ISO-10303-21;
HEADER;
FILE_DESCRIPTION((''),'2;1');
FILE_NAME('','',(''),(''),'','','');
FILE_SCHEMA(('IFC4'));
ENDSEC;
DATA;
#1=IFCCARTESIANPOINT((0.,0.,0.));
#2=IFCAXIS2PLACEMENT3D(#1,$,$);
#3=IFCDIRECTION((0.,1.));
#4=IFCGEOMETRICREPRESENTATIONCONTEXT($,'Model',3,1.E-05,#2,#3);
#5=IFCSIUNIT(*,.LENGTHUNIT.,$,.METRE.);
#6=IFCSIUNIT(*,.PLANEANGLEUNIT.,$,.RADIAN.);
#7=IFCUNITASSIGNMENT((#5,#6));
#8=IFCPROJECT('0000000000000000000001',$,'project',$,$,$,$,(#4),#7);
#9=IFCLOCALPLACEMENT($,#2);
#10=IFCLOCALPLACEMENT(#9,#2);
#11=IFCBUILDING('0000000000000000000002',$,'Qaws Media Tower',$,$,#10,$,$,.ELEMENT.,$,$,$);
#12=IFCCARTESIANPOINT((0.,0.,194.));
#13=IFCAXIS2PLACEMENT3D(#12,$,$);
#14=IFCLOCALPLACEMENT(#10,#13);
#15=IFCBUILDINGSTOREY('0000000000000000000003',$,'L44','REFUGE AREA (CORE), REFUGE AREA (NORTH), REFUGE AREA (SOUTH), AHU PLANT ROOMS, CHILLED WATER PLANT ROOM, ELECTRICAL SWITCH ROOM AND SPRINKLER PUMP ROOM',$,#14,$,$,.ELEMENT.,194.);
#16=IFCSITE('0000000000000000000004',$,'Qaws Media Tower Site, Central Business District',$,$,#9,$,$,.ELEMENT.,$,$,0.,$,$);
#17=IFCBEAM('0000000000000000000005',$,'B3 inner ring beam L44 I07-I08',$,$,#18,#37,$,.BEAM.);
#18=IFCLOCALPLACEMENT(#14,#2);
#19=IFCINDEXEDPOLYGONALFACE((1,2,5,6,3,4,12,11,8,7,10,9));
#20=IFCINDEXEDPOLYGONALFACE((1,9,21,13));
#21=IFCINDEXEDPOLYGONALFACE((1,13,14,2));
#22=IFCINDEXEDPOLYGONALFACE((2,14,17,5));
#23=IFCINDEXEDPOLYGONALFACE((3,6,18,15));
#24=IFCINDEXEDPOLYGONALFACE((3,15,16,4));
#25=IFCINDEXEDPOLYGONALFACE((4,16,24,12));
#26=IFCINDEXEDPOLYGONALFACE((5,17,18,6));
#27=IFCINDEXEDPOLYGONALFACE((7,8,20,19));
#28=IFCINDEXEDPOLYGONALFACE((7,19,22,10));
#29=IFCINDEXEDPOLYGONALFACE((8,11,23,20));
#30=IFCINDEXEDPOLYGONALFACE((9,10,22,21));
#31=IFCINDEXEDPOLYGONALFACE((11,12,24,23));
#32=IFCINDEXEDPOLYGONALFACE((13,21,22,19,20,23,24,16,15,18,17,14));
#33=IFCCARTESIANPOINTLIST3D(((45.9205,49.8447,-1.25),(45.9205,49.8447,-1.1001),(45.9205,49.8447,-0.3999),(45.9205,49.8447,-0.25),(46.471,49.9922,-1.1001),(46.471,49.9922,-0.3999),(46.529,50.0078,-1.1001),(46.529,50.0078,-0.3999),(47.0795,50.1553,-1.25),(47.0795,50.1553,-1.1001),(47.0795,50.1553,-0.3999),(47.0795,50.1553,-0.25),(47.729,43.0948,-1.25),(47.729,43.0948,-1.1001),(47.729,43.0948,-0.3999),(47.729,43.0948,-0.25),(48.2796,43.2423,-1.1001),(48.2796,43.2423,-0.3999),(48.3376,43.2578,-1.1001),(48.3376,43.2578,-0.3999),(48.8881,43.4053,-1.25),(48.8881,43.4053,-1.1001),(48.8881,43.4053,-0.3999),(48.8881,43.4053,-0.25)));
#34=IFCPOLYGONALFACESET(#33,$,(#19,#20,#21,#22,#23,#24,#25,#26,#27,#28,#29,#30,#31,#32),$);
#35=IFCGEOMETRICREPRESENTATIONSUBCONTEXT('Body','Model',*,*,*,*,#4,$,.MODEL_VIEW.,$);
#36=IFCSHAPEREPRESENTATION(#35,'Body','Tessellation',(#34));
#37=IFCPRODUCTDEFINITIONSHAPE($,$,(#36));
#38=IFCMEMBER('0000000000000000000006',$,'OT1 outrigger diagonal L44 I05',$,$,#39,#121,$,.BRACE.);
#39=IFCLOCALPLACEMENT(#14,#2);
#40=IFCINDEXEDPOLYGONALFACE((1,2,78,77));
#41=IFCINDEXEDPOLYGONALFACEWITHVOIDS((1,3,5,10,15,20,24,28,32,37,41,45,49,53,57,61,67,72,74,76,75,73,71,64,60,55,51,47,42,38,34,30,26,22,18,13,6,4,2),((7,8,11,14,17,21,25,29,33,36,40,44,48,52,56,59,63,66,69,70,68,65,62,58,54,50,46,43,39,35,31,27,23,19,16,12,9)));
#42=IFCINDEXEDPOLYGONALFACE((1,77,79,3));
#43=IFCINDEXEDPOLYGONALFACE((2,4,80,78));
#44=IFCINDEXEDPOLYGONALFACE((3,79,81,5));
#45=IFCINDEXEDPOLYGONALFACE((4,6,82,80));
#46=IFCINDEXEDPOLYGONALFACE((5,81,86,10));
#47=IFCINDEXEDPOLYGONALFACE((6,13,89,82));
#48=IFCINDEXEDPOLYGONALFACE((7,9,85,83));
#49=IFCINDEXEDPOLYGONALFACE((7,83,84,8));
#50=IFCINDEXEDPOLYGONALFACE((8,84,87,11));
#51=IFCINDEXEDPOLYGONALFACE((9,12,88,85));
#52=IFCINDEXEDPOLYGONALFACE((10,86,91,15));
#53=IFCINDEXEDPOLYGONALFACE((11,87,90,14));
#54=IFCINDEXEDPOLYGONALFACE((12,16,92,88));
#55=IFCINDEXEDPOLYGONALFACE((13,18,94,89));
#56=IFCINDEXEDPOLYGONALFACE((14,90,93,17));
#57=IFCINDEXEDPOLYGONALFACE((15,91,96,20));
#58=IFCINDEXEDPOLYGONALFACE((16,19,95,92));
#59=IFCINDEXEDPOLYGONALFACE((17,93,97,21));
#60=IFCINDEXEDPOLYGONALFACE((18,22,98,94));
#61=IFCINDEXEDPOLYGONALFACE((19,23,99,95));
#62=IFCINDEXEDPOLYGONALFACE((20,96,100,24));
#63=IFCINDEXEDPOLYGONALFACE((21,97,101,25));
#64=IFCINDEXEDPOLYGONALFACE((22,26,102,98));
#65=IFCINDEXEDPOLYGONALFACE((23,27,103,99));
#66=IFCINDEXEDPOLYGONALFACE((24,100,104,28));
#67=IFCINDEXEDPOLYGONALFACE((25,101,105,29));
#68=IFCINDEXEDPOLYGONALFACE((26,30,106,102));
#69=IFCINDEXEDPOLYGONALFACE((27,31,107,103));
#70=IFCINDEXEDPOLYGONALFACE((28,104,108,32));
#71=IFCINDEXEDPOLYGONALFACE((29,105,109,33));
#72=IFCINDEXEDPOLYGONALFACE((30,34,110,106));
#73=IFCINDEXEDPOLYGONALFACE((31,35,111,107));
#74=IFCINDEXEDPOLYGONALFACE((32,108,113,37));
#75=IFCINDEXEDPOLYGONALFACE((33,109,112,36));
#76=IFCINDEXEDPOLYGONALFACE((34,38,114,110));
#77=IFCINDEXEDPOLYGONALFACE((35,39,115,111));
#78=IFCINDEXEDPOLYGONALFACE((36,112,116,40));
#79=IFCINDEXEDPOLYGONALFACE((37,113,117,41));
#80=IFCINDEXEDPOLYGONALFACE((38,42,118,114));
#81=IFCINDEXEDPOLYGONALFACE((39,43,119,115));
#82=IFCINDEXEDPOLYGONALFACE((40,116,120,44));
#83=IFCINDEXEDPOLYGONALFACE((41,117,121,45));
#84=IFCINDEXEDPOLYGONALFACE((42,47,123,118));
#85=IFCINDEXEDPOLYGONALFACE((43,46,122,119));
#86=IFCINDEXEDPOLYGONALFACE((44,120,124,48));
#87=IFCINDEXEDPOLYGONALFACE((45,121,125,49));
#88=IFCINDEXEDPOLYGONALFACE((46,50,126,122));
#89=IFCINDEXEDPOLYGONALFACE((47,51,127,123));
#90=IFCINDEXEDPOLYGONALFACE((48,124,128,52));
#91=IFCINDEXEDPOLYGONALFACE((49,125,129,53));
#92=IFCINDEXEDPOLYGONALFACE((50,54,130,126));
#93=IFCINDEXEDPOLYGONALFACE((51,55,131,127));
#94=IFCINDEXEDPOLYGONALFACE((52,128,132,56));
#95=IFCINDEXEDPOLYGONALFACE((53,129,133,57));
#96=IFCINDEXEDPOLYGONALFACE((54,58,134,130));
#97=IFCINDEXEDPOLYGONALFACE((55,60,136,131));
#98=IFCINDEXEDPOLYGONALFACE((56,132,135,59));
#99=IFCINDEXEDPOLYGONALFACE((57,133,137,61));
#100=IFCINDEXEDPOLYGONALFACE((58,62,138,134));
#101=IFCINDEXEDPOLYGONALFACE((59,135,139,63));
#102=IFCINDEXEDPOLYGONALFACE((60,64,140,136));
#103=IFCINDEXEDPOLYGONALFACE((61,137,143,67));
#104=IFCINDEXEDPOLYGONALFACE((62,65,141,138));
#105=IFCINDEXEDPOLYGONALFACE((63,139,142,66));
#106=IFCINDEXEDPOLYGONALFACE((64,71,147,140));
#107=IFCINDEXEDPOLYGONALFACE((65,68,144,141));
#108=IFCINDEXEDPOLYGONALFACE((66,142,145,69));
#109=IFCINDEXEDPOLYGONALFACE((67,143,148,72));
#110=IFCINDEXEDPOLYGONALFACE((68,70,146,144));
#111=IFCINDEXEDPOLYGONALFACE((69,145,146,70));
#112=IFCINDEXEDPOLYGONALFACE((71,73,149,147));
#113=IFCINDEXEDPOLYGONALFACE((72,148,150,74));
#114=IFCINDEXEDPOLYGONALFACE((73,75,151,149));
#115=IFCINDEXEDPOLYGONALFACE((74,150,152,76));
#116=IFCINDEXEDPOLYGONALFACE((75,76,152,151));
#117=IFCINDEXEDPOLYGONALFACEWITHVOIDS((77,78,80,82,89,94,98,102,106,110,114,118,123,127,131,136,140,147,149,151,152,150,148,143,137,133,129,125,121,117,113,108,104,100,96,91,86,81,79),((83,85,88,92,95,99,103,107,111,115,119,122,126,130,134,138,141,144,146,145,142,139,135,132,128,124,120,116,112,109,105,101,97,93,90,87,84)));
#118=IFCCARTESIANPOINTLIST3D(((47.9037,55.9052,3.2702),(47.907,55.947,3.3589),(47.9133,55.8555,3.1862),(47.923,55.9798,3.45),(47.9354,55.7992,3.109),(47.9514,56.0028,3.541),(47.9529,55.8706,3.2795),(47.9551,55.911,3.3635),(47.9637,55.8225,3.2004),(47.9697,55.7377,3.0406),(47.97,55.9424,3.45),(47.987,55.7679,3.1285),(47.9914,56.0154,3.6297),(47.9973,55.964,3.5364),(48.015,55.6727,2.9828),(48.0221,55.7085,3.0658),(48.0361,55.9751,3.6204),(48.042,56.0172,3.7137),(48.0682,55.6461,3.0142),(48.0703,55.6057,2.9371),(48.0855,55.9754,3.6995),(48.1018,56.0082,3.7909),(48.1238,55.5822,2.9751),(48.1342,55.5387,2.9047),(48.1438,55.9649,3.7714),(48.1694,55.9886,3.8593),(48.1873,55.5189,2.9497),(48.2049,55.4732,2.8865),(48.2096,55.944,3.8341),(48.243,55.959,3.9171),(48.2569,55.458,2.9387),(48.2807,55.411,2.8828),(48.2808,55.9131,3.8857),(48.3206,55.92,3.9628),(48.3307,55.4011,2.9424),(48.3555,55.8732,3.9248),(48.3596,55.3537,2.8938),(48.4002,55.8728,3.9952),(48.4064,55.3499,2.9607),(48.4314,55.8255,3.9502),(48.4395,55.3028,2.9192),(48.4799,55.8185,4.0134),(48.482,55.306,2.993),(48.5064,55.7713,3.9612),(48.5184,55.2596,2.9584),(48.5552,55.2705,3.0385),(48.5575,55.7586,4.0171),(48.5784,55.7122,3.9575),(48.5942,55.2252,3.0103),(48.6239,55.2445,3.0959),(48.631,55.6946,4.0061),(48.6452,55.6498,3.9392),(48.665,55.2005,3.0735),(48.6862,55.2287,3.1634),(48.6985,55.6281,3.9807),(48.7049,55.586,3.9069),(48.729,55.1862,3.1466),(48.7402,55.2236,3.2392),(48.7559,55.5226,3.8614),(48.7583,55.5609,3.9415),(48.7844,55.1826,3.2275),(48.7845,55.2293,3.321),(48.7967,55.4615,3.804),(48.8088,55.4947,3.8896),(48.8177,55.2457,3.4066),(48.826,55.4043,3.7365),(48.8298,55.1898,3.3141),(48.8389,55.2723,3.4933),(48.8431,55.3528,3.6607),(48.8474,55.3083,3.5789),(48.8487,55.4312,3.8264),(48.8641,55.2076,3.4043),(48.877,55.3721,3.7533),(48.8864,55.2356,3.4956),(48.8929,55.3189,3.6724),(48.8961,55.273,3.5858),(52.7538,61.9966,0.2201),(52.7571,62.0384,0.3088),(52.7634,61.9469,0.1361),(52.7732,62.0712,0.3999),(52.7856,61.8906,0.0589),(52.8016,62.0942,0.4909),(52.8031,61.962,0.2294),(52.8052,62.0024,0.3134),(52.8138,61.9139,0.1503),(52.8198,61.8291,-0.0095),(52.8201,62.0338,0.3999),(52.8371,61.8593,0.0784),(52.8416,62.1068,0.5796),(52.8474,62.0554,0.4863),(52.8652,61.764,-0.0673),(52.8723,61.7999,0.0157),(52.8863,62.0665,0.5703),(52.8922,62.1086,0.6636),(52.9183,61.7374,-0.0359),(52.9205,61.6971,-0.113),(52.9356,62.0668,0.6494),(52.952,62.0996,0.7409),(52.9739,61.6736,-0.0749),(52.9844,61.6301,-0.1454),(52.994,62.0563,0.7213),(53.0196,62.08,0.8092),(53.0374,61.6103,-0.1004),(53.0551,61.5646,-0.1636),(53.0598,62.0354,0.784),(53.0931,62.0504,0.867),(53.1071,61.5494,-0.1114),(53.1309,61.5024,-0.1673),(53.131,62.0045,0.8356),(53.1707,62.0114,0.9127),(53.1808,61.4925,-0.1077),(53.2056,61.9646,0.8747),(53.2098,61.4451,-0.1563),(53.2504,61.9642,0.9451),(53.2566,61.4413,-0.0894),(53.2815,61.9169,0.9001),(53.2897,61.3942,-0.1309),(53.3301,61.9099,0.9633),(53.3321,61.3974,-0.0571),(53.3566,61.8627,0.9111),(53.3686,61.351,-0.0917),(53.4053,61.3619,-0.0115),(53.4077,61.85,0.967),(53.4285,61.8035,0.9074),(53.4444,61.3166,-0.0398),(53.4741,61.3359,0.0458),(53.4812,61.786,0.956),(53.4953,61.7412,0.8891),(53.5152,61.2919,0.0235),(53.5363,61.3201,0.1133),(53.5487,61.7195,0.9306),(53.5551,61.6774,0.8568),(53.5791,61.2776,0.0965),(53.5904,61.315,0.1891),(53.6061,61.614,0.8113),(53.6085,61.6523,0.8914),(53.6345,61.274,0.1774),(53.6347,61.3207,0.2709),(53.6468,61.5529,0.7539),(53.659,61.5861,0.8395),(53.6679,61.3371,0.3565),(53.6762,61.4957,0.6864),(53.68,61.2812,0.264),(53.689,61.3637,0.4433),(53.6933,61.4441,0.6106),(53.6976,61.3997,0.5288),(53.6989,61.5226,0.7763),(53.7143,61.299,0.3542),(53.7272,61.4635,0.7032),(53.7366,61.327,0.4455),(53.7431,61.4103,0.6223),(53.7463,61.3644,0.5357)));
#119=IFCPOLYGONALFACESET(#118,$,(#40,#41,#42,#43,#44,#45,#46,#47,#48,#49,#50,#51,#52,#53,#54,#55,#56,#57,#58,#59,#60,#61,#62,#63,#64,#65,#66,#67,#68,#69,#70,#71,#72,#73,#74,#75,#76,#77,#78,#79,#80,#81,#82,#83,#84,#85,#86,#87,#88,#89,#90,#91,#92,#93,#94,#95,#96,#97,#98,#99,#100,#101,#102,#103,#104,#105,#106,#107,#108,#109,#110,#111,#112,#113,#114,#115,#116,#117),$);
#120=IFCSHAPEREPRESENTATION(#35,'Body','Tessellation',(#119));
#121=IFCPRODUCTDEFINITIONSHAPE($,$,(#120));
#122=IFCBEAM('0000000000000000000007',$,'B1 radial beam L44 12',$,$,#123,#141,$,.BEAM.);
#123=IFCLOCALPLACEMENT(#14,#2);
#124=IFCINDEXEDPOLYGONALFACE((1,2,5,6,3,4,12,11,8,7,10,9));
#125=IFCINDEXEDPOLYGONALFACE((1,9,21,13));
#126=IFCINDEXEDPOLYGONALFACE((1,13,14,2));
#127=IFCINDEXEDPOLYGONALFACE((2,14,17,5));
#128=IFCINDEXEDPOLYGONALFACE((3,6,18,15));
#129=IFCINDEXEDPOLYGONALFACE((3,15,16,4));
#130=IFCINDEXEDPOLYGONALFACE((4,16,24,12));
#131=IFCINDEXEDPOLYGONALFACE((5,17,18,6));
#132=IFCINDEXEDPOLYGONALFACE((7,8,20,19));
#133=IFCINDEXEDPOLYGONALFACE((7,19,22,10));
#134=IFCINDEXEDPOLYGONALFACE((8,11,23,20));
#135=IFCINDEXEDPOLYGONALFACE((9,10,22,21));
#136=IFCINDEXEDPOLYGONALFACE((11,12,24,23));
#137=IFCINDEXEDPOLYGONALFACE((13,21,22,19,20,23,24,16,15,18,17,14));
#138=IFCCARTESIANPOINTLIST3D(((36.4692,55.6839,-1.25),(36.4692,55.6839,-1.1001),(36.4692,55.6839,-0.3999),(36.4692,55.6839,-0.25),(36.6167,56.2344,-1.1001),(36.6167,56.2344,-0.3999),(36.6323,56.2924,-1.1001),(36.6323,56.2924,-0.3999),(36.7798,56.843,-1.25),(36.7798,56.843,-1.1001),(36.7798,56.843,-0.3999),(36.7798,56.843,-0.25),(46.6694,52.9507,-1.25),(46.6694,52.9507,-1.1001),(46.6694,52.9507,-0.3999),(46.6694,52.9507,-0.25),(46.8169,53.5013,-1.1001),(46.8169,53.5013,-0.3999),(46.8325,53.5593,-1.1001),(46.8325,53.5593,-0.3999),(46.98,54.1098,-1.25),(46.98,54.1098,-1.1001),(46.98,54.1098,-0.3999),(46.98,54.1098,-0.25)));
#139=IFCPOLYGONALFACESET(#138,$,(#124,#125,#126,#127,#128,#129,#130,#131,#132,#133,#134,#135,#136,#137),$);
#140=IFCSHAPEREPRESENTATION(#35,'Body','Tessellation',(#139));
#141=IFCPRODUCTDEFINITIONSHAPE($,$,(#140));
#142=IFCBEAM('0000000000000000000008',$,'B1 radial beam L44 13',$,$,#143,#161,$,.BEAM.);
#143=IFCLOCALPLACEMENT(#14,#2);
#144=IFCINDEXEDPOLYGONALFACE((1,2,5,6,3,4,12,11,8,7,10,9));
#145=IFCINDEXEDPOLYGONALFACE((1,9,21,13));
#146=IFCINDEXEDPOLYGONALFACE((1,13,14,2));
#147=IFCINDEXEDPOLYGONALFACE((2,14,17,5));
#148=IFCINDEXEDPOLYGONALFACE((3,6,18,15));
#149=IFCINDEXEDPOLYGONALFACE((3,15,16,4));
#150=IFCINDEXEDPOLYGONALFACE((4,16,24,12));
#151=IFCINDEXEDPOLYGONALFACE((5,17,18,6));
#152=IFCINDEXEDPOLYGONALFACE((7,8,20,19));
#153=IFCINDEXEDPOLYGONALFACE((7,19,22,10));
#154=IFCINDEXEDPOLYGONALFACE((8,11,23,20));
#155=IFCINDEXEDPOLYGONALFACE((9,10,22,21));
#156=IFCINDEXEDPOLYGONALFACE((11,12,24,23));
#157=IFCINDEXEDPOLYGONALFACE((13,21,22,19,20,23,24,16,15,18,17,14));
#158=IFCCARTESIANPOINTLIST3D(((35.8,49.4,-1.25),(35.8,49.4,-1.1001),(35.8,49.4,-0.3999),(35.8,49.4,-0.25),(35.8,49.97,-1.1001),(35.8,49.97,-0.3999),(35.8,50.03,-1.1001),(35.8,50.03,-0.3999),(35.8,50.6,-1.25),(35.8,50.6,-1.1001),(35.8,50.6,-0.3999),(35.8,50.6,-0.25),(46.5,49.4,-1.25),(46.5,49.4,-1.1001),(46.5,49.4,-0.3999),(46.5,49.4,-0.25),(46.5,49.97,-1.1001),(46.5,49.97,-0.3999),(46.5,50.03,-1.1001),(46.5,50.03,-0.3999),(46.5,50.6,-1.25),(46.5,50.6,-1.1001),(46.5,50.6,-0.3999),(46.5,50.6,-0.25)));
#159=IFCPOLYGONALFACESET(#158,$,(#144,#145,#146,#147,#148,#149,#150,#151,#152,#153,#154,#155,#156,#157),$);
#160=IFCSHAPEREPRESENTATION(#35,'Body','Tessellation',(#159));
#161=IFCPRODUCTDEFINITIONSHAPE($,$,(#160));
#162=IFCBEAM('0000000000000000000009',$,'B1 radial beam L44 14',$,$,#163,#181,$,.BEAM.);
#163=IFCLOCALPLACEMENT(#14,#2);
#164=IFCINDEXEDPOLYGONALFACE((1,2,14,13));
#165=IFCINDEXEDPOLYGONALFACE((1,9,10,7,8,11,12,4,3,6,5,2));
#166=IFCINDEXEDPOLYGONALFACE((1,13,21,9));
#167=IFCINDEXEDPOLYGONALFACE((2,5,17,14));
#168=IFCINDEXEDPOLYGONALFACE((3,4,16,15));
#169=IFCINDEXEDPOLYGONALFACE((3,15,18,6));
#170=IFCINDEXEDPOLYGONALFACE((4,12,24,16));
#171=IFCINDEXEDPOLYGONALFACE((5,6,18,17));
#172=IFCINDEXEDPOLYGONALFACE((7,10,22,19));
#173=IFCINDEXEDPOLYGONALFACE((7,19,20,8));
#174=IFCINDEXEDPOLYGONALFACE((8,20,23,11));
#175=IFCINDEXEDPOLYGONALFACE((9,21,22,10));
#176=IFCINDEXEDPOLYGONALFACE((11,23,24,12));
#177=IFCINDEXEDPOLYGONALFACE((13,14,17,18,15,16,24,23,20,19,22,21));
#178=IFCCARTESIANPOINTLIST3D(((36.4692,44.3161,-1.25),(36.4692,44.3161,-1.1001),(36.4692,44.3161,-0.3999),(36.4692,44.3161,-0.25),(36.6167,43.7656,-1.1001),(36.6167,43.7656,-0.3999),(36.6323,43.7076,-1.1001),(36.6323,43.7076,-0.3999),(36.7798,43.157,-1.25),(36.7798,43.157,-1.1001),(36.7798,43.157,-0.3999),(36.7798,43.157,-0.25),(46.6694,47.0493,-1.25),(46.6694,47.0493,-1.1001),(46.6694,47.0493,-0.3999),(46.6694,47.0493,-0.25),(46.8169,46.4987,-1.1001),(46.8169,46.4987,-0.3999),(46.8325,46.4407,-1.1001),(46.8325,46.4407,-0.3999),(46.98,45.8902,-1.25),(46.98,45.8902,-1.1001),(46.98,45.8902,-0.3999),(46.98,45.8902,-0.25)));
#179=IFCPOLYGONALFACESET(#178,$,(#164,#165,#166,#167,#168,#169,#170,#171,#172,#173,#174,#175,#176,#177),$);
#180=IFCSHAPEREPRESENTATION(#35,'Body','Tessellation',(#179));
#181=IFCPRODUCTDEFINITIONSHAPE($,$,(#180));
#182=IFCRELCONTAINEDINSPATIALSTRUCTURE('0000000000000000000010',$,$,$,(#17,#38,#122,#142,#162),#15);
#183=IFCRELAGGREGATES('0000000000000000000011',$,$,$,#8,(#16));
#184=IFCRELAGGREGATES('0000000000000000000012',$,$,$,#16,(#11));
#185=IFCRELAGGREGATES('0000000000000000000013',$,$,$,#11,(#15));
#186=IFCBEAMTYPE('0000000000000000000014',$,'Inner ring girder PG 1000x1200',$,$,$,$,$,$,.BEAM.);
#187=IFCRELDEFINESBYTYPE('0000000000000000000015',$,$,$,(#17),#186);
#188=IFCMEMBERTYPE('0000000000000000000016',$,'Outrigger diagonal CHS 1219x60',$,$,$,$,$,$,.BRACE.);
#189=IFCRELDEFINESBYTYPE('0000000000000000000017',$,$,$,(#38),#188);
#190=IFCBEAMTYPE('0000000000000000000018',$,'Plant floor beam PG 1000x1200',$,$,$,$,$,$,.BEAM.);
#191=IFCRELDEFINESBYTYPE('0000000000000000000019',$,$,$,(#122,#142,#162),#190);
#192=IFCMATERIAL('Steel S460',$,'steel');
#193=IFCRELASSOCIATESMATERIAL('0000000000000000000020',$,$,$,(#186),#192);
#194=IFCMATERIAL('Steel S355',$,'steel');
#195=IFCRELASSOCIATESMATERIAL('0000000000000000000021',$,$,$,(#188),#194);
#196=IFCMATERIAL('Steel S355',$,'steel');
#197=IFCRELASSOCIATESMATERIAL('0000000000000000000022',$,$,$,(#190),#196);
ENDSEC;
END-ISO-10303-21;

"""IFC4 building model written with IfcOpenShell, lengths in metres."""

from ifc_helpers import new_model, si_unit, direction, frame, origin, origin_2d, place, context, subcontext, project, spatial, hollow_circle, i_section, extrude, material, material_profile, profile_set, type_object, element, save


model = new_model("IFC4")

# Units and contexts
model_context = context("Model", 3, precision=1e-05, world=origin(), true_north=direction((0.0, 1.0)))
body_context = subcontext(model_context, "Body", "Model", "MODEL_VIEW")
ifc_project = project(units=[si_unit("LENGTHUNIT", "METRE"), si_unit("PLANEANGLEUNIT", "RADIAN")], contexts=[model_context])

# Site, building, storey
site_placement = place(None, origin())
site = spatial("IfcSite", under=ifc_project, at=site_placement, Name="Qaws Media Tower Site, Central Business District", CompositionType="ELEMENT", RefElevation=0.0)
building_placement = place(site_placement, origin())
building = spatial("IfcBuilding", under=site, at=building_placement, Name="Qaws Media Tower", CompositionType="ELEMENT")
storey_placement = place(building_placement, frame((0.0, 0.0, 194.0)))
storey = spatial("IfcBuildingStorey", under=building, at=storey_placement, Name="L44", Description="REFUGE AREA (CORE), REFUGE AREA (NORTH), REFUGE AREA (SOUTH), AHU PLANT ROOMS, CHILLED WATER PLANT ROOM, ELECTRICAL SWITCH ROOM AND SPRINKLER PUMP ROOM", CompositionType="ELEMENT", Elevation=194.0)

# Beam
ifc_material_1 = material(Name="Steel S460", Category="steel")
ifc_material_profile_1 = material_profile(ifc_material_1, i_section(OverallWidth=1.2, OverallDepth=1.0, WebThickness=0.0601, FlangeThickness=0.1499, at=origin_2d()), Name="PG 1000x1200")
ifc_profile_set_1 = profile_set([ifc_material_profile_1], Name="Steel S460")
beam_type_1 = type_object("IfcBeamType", Name="Inner ring girder PG 1000x1200", PredefinedType="BEAM", material=ifc_profile_set_1)
beam_1_placement = place(storey_placement, frame((46.5, 50.0, -0.75), z_axis=(0.258811, -0.965928, 0.0), x_axis=(0.965928, 0.258811, 0.0)))
element("IfcBeam", 1, at=beam_1_placement, inside=storey, type_object=beam_type_1, Name="B3 inner ring beam L44 I07-I08", PredefinedType="BEAM", context=body_context, shape_type="SweptSolid", body=[
    extrude(i_section(OverallWidth=1.2, OverallDepth=1.0, WebThickness=0.0601, FlangeThickness=0.1499, at=origin_2d()), origin(), (0.0, 0.0, 1.0), 6.988),
])

# Member
ifc_material_2 = material(Name="Steel S355", Category="steel")
ifc_material_profile_2 = material_profile(ifc_material_2, hollow_circle(Radius=0.6096, WallThickness=0.0601, at=origin_2d()), Name="CHS 1219x60")
ifc_profile_set_2 = profile_set([ifc_material_profile_2], Name="Steel S355")
member_type_1 = type_object("IfcMemberType", Name="Outrigger diagonal CHS 1219x60", PredefinedType="BRACE", material=ifc_profile_set_2)
member_placement = place(storey_placement, frame((48.3999, 55.6001, 3.45), z_axis=(0.579986, 0.728413, -0.364732), x_axis=(-0.782304, 0.622896, 0.0)))
element("IfcMember", 2, at=member_placement, inside=storey, type_object=member_type_1, Name="OT1 outrigger diagonal L44 I05", PredefinedType="BRACE", context=body_context, shape_type="SweptSolid", body=[
    extrude(hollow_circle(Radius=0.6096, WallThickness=0.0601, at=origin_2d()), origin(), (0.0, 0.0, 1.0), 8.3625),
])

# Beams
ifc_material_3 = material(Name="Steel S355", Category="steel")
ifc_material_profile_3 = material_profile(ifc_material_3, i_section(OverallWidth=1.2, OverallDepth=1.0, WebThickness=0.0601, FlangeThickness=0.1499, at=origin_2d()), Name="PG 1000x1200")
ifc_profile_set_3 = profile_set([ifc_material_profile_3], Name="Steel S355")
beam_type_2 = type_object("IfcBeamType", Name="Plant floor beam PG 1000x1200", PredefinedType="BEAM", material=ifc_profile_set_3)
beam_2_placement = place(storey_placement, frame((46.8247, 53.5303, -0.75), z_axis=(-0.965925, 0.258821, 0.0), x_axis=(-0.258821, -0.965925, 0.0)))
element("IfcBeam", 3, at=beam_2_placement, inside=storey, type_object=beam_type_2, Name="B1 radial beam L44 12", PredefinedType="BEAM", context=body_context, shape_type="SweptSolid", body=[
    extrude(i_section(OverallWidth=1.2, OverallDepth=1.0, WebThickness=0.0601, FlangeThickness=0.1499, at=origin_2d()), origin(), (0.0, 0.0, 1.0), 10.5601),
])
beam_3_placement = place(storey_placement, frame((46.5, 50.0, -0.75), z_axis=(-1.0, 0.0, 0.0), x_axis=(0.0, -1.0, 0.0)))
element("IfcBeam", 4, at=beam_3_placement, inside=storey, type_object=beam_type_2, Name="B1 radial beam L44 13", PredefinedType="BEAM", context=body_context, shape_type="SweptSolid", body=[
    extrude(i_section(OverallWidth=1.2, OverallDepth=1.0, WebThickness=0.0601, FlangeThickness=0.1499, at=origin_2d()), origin(), (0.0, 0.0, 1.0), 10.7),
])
beam_4_placement = place(storey_placement, frame((46.8247, 46.4697, -0.75), z_axis=(-0.965925, -0.258821, 0.0), x_axis=(0.258821, -0.965925, 0.0)))
element("IfcBeam", 5, at=beam_4_placement, inside=storey, type_object=beam_type_2, Name="B1 radial beam L44 14", PredefinedType="BEAM", context=body_context, shape_type="SweptSolid", body=[
    extrude(i_section(OverallWidth=1.2, OverallDepth=1.0, WebThickness=0.0601, FlangeThickness=0.1499, at=origin_2d()), origin(), (0.0, 0.0, 1.0), 10.5601),
])

save(model, "model.ifc")
